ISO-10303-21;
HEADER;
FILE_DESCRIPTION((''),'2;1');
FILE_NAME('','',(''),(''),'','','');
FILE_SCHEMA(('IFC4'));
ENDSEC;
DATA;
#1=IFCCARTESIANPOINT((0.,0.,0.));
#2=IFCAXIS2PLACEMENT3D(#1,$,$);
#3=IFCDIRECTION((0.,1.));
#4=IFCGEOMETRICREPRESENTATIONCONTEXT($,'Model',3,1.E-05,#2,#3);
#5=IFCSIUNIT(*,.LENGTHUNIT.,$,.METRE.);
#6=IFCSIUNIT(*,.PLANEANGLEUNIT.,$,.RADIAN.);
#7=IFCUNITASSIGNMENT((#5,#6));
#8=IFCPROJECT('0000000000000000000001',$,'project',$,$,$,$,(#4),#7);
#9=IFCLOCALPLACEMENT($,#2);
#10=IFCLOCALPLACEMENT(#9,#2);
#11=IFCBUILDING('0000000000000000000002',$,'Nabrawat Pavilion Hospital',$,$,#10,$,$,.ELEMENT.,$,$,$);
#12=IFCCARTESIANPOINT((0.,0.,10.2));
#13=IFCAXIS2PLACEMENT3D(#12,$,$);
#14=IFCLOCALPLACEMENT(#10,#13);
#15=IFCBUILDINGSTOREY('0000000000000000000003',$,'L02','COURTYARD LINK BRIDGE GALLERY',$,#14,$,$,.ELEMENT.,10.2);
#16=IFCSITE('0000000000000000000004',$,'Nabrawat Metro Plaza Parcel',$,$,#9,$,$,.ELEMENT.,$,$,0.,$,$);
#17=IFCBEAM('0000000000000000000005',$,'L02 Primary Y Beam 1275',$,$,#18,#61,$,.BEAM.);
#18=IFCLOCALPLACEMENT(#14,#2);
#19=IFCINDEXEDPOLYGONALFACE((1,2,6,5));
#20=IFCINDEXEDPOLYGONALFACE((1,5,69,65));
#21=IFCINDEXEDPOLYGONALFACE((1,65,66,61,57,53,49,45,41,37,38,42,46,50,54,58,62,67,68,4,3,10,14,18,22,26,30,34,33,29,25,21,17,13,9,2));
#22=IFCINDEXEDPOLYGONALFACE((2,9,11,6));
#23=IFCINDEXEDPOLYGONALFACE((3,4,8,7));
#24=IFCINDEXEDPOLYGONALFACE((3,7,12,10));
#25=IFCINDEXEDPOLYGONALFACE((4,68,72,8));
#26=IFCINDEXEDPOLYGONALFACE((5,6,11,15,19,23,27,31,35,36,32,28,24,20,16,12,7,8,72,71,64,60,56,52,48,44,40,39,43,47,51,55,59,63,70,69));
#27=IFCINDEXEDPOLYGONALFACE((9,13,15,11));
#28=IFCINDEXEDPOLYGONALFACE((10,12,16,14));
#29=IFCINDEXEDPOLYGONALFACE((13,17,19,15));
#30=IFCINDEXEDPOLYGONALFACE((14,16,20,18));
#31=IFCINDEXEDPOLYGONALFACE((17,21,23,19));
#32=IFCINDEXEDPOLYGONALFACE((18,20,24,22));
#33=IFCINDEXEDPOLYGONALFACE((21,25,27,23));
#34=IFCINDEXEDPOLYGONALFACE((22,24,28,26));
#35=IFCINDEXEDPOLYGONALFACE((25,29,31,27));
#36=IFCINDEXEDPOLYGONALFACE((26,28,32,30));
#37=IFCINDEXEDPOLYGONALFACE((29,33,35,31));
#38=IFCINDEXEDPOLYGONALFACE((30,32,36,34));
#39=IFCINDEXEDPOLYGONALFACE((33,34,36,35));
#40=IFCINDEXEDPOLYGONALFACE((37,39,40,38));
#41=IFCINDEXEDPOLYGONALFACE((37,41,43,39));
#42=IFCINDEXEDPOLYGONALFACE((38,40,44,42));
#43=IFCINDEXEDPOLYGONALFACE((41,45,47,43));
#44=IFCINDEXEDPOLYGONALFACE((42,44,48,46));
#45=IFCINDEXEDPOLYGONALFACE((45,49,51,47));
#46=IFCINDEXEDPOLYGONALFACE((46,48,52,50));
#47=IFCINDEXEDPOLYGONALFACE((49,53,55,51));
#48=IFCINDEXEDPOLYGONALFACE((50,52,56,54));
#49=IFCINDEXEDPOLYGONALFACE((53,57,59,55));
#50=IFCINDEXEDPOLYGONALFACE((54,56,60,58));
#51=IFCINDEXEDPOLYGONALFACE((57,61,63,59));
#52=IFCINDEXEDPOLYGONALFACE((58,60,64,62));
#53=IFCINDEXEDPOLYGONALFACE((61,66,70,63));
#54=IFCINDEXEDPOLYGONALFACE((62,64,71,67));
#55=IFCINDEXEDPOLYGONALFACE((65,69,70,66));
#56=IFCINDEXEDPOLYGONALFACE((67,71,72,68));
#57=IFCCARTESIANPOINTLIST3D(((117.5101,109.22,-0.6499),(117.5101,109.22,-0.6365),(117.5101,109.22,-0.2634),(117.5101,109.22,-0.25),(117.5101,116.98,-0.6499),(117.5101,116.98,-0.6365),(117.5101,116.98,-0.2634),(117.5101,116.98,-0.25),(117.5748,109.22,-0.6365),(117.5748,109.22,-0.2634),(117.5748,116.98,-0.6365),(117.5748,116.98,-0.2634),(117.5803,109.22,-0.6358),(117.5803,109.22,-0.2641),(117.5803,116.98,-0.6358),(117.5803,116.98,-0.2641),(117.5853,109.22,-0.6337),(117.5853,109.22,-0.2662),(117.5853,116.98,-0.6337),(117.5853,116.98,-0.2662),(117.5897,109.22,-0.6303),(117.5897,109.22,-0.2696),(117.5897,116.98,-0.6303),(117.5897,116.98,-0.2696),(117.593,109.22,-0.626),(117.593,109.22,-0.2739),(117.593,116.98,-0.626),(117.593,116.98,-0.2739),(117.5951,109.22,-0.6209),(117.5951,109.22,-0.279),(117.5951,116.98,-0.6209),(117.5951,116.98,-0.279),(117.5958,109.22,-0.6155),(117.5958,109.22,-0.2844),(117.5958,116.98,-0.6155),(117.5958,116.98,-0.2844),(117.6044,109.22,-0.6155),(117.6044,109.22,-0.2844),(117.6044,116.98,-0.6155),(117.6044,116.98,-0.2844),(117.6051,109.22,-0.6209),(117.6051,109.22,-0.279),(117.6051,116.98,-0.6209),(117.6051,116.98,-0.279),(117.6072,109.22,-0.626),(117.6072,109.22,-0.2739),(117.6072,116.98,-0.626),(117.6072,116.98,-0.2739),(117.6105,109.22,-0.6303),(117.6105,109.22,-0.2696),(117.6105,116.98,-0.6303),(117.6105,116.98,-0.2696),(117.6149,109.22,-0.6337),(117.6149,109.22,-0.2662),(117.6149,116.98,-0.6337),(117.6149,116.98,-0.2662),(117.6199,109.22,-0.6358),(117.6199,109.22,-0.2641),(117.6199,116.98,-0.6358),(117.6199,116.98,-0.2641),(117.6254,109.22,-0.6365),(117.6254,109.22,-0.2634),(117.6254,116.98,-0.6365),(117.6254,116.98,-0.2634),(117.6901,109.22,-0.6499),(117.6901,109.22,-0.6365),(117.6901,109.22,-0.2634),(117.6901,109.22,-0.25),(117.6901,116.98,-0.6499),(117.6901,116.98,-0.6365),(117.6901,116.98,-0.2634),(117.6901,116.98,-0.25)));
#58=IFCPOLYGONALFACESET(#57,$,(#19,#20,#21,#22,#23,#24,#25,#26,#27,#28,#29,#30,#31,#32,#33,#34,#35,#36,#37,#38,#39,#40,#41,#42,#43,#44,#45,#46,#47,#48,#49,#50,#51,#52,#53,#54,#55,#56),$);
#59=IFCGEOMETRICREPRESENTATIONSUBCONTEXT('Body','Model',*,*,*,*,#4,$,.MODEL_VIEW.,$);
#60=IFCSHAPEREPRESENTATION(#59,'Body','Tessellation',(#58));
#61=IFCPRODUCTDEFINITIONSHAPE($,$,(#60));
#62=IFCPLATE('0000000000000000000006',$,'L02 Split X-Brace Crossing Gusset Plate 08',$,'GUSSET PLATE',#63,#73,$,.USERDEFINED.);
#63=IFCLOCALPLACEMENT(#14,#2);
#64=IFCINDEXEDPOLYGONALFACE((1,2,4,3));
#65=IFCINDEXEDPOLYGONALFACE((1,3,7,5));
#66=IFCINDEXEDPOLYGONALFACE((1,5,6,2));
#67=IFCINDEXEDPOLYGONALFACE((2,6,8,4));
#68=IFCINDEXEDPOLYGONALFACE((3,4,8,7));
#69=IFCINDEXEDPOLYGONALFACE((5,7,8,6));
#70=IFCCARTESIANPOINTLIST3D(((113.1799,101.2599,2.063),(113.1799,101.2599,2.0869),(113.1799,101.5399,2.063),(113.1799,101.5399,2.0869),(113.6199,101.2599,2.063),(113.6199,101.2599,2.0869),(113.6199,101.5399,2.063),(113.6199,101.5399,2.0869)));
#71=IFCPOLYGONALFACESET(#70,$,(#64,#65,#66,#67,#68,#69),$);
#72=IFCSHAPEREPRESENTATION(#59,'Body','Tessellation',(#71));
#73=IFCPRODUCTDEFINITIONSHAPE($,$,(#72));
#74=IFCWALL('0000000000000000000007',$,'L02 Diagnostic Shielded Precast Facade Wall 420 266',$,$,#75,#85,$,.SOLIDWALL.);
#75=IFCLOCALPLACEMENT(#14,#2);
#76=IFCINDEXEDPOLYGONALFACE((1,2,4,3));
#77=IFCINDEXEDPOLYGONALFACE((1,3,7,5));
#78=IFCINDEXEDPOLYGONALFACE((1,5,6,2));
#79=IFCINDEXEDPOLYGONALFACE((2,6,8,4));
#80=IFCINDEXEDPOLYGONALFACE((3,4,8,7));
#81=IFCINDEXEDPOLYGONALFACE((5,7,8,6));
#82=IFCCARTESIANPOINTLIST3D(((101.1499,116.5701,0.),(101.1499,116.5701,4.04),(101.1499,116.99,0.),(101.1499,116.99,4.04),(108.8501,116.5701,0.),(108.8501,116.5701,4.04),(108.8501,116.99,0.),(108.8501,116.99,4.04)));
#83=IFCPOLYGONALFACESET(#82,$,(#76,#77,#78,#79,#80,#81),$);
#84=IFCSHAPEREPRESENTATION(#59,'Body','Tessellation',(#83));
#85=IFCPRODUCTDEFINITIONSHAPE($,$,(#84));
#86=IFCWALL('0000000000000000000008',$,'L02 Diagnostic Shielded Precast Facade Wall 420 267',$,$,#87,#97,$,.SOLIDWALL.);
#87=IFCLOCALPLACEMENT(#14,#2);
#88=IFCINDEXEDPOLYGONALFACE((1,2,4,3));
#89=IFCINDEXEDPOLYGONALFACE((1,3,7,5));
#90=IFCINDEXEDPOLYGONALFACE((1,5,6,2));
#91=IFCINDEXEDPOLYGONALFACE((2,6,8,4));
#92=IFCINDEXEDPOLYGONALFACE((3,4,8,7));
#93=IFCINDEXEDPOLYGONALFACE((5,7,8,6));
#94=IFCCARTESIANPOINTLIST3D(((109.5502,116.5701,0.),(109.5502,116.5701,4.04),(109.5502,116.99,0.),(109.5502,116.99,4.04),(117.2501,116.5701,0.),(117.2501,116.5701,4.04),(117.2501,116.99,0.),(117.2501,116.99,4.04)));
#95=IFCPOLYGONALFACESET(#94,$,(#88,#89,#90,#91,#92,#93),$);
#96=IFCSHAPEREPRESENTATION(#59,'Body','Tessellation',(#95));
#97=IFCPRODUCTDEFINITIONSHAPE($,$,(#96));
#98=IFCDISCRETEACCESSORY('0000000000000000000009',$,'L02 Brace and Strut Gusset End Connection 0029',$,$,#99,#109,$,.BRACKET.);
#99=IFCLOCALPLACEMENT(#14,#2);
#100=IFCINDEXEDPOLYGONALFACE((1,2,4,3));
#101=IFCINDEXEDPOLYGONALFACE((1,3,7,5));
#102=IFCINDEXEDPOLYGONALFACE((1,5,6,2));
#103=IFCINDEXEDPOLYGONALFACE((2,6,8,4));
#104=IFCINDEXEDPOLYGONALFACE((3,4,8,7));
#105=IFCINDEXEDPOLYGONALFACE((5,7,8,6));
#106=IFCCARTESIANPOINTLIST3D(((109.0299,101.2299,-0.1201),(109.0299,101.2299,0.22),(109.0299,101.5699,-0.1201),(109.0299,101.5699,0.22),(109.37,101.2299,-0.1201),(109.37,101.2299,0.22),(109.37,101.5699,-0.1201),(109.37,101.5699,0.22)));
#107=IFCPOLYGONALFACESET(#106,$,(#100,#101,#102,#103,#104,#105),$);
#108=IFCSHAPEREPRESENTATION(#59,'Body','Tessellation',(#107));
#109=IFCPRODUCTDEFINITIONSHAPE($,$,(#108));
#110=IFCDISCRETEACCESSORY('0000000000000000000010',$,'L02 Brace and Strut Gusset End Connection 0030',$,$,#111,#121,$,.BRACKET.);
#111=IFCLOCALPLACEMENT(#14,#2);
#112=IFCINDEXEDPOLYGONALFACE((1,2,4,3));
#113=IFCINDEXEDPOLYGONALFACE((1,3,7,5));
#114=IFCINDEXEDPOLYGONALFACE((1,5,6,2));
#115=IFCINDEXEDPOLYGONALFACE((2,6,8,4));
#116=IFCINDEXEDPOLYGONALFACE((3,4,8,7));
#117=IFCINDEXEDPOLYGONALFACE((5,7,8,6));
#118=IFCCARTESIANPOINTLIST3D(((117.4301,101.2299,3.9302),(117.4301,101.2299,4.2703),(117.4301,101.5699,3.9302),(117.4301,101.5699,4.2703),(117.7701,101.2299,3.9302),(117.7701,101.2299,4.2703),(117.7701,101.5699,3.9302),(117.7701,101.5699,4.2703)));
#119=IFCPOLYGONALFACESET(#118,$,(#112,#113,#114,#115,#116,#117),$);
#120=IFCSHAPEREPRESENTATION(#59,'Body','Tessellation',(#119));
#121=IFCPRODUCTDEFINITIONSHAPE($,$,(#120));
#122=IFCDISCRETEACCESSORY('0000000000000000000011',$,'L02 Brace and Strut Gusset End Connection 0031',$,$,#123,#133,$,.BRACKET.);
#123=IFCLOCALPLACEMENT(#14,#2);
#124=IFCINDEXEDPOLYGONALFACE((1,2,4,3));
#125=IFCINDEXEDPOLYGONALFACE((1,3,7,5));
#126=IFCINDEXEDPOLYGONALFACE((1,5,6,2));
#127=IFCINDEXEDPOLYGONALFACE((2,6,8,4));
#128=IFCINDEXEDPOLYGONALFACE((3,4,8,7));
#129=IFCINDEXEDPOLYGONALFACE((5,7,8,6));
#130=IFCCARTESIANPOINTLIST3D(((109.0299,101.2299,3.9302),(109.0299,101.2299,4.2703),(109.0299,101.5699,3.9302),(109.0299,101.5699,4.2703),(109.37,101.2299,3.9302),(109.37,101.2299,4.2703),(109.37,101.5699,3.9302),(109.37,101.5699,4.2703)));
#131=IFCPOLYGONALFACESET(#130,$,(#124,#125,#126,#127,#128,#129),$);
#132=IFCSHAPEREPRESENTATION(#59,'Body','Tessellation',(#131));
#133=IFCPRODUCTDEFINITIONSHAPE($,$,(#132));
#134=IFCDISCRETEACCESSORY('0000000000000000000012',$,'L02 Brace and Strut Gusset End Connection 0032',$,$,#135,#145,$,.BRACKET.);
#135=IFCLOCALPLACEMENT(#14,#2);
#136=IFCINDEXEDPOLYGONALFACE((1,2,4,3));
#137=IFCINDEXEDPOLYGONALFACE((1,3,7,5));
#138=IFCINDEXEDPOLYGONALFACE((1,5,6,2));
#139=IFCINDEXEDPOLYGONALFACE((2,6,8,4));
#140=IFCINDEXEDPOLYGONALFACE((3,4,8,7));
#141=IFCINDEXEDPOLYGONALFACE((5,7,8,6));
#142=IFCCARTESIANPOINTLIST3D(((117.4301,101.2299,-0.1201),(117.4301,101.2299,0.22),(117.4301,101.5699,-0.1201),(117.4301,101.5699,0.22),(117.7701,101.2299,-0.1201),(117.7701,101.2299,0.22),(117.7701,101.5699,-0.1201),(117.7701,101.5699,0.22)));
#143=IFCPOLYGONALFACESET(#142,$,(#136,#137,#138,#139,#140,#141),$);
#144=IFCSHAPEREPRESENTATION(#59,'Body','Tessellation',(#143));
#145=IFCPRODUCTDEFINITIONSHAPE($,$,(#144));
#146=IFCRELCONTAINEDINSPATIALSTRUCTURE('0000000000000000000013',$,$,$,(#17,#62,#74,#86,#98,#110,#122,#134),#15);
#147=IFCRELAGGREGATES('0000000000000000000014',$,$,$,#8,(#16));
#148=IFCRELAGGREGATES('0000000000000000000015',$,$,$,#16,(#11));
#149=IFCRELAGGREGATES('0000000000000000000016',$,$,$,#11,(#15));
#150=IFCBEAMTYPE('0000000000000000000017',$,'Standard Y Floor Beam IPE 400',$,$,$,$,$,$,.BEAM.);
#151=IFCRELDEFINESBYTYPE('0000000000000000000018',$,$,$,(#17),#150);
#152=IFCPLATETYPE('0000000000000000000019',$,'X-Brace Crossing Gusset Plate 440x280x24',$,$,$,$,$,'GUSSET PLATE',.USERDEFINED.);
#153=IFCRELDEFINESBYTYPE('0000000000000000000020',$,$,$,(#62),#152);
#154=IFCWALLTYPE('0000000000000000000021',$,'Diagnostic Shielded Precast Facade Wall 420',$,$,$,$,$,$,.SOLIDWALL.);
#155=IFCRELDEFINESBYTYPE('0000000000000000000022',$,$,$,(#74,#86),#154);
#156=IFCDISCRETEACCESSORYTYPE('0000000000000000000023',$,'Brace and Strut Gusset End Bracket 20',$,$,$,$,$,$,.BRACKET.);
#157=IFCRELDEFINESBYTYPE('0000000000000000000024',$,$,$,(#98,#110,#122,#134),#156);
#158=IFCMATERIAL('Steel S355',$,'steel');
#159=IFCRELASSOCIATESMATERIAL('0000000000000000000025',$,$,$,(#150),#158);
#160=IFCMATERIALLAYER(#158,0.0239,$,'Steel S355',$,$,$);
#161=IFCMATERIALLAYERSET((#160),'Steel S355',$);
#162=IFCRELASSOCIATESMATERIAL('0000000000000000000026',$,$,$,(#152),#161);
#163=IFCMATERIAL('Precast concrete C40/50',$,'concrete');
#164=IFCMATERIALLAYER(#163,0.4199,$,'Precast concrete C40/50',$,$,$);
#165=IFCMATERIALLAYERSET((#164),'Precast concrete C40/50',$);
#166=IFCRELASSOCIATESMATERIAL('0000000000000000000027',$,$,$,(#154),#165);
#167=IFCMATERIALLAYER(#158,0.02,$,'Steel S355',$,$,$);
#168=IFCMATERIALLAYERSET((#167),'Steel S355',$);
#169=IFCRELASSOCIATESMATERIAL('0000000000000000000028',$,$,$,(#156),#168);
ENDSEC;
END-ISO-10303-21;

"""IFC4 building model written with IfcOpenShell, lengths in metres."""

from ifc_helpers import new_model, si_unit, direction, frame, frame_2d, origin, origin_2d, place, context, subcontext, project, spatial, rectangle, i_section, extrude, material, layer, layer_set, material_profile, profile_set, type_object, element, save


model = new_model("IFC4")

# Units and contexts
model_context = context("Model", 3, precision=1e-05, world=origin(), true_north=direction((0.0, 1.0)))
body_context = subcontext(model_context, "Body", "Model", "MODEL_VIEW")
ifc_project = project(units=[si_unit("LENGTHUNIT", "METRE"), si_unit("PLANEANGLEUNIT", "RADIAN")], contexts=[model_context])

# Site, building, storey
site_placement = place(None, origin())
site = spatial("IfcSite", under=ifc_project, at=site_placement, Name="Nabrawat Metro Plaza Parcel", CompositionType="ELEMENT", RefElevation=0.0)
building_placement = place(site_placement, origin())
building = spatial("IfcBuilding", under=site, at=building_placement, Name="Nabrawat Pavilion Hospital", CompositionType="ELEMENT")
storey_placement = place(building_placement, frame((0.0, 0.0, 10.2)))
storey = spatial("IfcBuildingStorey", under=building, at=storey_placement, Name="L02", Description="COURTYARD LINK BRIDGE GALLERY", CompositionType="ELEMENT", Elevation=10.2)

# Shared definitions
ifc_material_1 = material(Name="Steel S355", Category="steel")

# Beam
ifc_material_profile_1 = material_profile(ifc_material_1, i_section(OverallWidth=0.1799, OverallDepth=0.3999, WebThickness=0.0085, FlangeThickness=0.0134, FilletRadius=0.021, at=origin_2d()), Name="IPE 400")
ifc_profile_set_1 = profile_set([ifc_material_profile_1], Name="Steel S355")
beam_type_1 = type_object("IfcBeamType", Name="Standard Y Floor Beam IPE 400", PredefinedType="BEAM", material=ifc_profile_set_1)
for number, where, z_axis, x_axis, name in (
    (1, (117.6001, 109.22, -0.45), (0.0, 1.0, 0.0), (-1.0, 0.0, 0.0), "L02 Primary Y Beam 1275"),
):
    element("IfcBeam", number, at=place(storey_placement, frame(where, z_axis=z_axis, x_axis=x_axis)), inside=storey, type_object=beam_type_1, Name=name, PredefinedType="BEAM", context=body_context, shape_type="SweptSolid", body=[
        extrude(i_section(OverallWidth=0.1799, OverallDepth=0.3999, WebThickness=0.0085, FlangeThickness=0.0134, FilletRadius=0.021, at=origin_2d()), origin(), (0.0, 0.0, 1.0), 7.76),
    ])

# Plate
ifc_layer_1 = layer(ifc_material_1, 0.0239, Name="Steel S355")
ifc_layer_set_1 = layer_set([ifc_layer_1], Name="Steel S355")
plate_type = type_object("IfcPlateType", Name="X-Brace Crossing Gusset Plate 440x280x24", ElementType="GUSSET PLATE", PredefinedType="USERDEFINED", material=ifc_layer_set_1)
plate_placement = place(storey_placement, frame((113.3999, 101.3999, 2.063), z_axis=(0.0, 0.0, 1.0), x_axis=(1.0, 0.0, 0.0)))
element("IfcPlate", 2, at=plate_placement, inside=storey, type_object=plate_type, Name="L02 Split X-Brace Crossing Gusset Plate 08", ObjectType="GUSSET PLATE", PredefinedType="USERDEFINED", context=body_context, shape_type="SweptSolid", body=[
    extrude(rectangle(XDim=0.4399, YDim=0.28, at=origin_2d()), origin(), (0.0, 0.0, 1.0), 0.0239),
])

# Walls
ifc_material_2 = material(Name="Precast concrete C40/50", Category="concrete")
ifc_layer_2 = layer(ifc_material_2, 0.4199, Name="Precast concrete C40/50")
ifc_layer_set_2 = layer_set([ifc_layer_2], Name="Precast concrete C40/50")
wall_type = type_object("IfcWallType", Name="Diagnostic Shielded Precast Facade Wall 420", PredefinedType="SOLIDWALL", material=ifc_layer_set_2)
wall_1_placement = place(storey_placement, frame((101.1499, 116.78, 0.0), z_axis=(0.0, 0.0, 1.0), x_axis=(1.0, 0.0, 0.0)))
element("IfcWall", 3, at=wall_1_placement, inside=storey, type_object=wall_type, Name="L02 Diagnostic Shielded Precast Facade Wall 420 266", PredefinedType="SOLIDWALL", context=body_context, shape_type="SweptSolid", body=[
    extrude(rectangle(XDim=7.7002, YDim=0.4199, at=frame_2d((3.8501, 0.0))), origin(), (0.0, 0.0, 1.0), 4.04),
])
wall_2_placement = place(storey_placement, frame((109.55, 116.78, 0.0), z_axis=(0.0, 0.0, 1.0), x_axis=(1.0, 0.0, 0.0)))
element("IfcWall", 4, at=wall_2_placement, inside=storey, type_object=wall_type, Name="L02 Diagnostic Shielded Precast Facade Wall 420 267", PredefinedType="SOLIDWALL", context=body_context, shape_type="SweptSolid", body=[
    extrude(rectangle(XDim=7.7, YDim=0.4199, at=frame_2d((3.8501, 0.0))), origin(), (0.0, 0.0, 1.0), 4.04),
])

# Discrete accessories
ifc_layer_3 = layer(ifc_material_1, 0.02, Name="Steel S355")
ifc_layer_set_3 = layer_set([ifc_layer_3], Name="Steel S355")
discrete_accessory_type = type_object("IfcDiscreteAccessoryType", Name="Brace and Strut Gusset End Bracket 20", PredefinedType="BRACKET", material=ifc_layer_set_3)
for number, where, z_axis, x_axis, name in (
    (5, (109.2, 101.3999, -0.1201), (0.0, 0.0, 1.0), (1.0, 0.0, 0.0), "L02 Brace and Strut Gusset End Connection 0029"),
    (6, (117.6001, 101.3999, 3.9302), (0.0, 0.0, 1.0), (1.0, 0.0, 0.0), "L02 Brace and Strut Gusset End Connection 0030"),
    (7, (109.2, 101.3999, 3.9302), (0.0, 0.0, 1.0), (1.0, 0.0, 0.0), "L02 Brace and Strut Gusset End Connection 0031"),
    (8, (117.6001, 101.3999, -0.1201), (0.0, 0.0, 1.0), (1.0, 0.0, 0.0), "L02 Brace and Strut Gusset End Connection 0032"),
):
    element("IfcDiscreteAccessory", number, at=place(storey_placement, frame(where, z_axis=z_axis, x_axis=x_axis)), inside=storey, type_object=discrete_accessory_type, Name=name, PredefinedType="BRACKET", context=body_context, shape_type="SweptSolid", body=[
        extrude(rectangle(XDim=0.3401, YDim=0.3401, at=origin_2d()), origin(), (0.0, 0.0, 1.0), 0.3401),
    ])

save(model, "model.ifc")
